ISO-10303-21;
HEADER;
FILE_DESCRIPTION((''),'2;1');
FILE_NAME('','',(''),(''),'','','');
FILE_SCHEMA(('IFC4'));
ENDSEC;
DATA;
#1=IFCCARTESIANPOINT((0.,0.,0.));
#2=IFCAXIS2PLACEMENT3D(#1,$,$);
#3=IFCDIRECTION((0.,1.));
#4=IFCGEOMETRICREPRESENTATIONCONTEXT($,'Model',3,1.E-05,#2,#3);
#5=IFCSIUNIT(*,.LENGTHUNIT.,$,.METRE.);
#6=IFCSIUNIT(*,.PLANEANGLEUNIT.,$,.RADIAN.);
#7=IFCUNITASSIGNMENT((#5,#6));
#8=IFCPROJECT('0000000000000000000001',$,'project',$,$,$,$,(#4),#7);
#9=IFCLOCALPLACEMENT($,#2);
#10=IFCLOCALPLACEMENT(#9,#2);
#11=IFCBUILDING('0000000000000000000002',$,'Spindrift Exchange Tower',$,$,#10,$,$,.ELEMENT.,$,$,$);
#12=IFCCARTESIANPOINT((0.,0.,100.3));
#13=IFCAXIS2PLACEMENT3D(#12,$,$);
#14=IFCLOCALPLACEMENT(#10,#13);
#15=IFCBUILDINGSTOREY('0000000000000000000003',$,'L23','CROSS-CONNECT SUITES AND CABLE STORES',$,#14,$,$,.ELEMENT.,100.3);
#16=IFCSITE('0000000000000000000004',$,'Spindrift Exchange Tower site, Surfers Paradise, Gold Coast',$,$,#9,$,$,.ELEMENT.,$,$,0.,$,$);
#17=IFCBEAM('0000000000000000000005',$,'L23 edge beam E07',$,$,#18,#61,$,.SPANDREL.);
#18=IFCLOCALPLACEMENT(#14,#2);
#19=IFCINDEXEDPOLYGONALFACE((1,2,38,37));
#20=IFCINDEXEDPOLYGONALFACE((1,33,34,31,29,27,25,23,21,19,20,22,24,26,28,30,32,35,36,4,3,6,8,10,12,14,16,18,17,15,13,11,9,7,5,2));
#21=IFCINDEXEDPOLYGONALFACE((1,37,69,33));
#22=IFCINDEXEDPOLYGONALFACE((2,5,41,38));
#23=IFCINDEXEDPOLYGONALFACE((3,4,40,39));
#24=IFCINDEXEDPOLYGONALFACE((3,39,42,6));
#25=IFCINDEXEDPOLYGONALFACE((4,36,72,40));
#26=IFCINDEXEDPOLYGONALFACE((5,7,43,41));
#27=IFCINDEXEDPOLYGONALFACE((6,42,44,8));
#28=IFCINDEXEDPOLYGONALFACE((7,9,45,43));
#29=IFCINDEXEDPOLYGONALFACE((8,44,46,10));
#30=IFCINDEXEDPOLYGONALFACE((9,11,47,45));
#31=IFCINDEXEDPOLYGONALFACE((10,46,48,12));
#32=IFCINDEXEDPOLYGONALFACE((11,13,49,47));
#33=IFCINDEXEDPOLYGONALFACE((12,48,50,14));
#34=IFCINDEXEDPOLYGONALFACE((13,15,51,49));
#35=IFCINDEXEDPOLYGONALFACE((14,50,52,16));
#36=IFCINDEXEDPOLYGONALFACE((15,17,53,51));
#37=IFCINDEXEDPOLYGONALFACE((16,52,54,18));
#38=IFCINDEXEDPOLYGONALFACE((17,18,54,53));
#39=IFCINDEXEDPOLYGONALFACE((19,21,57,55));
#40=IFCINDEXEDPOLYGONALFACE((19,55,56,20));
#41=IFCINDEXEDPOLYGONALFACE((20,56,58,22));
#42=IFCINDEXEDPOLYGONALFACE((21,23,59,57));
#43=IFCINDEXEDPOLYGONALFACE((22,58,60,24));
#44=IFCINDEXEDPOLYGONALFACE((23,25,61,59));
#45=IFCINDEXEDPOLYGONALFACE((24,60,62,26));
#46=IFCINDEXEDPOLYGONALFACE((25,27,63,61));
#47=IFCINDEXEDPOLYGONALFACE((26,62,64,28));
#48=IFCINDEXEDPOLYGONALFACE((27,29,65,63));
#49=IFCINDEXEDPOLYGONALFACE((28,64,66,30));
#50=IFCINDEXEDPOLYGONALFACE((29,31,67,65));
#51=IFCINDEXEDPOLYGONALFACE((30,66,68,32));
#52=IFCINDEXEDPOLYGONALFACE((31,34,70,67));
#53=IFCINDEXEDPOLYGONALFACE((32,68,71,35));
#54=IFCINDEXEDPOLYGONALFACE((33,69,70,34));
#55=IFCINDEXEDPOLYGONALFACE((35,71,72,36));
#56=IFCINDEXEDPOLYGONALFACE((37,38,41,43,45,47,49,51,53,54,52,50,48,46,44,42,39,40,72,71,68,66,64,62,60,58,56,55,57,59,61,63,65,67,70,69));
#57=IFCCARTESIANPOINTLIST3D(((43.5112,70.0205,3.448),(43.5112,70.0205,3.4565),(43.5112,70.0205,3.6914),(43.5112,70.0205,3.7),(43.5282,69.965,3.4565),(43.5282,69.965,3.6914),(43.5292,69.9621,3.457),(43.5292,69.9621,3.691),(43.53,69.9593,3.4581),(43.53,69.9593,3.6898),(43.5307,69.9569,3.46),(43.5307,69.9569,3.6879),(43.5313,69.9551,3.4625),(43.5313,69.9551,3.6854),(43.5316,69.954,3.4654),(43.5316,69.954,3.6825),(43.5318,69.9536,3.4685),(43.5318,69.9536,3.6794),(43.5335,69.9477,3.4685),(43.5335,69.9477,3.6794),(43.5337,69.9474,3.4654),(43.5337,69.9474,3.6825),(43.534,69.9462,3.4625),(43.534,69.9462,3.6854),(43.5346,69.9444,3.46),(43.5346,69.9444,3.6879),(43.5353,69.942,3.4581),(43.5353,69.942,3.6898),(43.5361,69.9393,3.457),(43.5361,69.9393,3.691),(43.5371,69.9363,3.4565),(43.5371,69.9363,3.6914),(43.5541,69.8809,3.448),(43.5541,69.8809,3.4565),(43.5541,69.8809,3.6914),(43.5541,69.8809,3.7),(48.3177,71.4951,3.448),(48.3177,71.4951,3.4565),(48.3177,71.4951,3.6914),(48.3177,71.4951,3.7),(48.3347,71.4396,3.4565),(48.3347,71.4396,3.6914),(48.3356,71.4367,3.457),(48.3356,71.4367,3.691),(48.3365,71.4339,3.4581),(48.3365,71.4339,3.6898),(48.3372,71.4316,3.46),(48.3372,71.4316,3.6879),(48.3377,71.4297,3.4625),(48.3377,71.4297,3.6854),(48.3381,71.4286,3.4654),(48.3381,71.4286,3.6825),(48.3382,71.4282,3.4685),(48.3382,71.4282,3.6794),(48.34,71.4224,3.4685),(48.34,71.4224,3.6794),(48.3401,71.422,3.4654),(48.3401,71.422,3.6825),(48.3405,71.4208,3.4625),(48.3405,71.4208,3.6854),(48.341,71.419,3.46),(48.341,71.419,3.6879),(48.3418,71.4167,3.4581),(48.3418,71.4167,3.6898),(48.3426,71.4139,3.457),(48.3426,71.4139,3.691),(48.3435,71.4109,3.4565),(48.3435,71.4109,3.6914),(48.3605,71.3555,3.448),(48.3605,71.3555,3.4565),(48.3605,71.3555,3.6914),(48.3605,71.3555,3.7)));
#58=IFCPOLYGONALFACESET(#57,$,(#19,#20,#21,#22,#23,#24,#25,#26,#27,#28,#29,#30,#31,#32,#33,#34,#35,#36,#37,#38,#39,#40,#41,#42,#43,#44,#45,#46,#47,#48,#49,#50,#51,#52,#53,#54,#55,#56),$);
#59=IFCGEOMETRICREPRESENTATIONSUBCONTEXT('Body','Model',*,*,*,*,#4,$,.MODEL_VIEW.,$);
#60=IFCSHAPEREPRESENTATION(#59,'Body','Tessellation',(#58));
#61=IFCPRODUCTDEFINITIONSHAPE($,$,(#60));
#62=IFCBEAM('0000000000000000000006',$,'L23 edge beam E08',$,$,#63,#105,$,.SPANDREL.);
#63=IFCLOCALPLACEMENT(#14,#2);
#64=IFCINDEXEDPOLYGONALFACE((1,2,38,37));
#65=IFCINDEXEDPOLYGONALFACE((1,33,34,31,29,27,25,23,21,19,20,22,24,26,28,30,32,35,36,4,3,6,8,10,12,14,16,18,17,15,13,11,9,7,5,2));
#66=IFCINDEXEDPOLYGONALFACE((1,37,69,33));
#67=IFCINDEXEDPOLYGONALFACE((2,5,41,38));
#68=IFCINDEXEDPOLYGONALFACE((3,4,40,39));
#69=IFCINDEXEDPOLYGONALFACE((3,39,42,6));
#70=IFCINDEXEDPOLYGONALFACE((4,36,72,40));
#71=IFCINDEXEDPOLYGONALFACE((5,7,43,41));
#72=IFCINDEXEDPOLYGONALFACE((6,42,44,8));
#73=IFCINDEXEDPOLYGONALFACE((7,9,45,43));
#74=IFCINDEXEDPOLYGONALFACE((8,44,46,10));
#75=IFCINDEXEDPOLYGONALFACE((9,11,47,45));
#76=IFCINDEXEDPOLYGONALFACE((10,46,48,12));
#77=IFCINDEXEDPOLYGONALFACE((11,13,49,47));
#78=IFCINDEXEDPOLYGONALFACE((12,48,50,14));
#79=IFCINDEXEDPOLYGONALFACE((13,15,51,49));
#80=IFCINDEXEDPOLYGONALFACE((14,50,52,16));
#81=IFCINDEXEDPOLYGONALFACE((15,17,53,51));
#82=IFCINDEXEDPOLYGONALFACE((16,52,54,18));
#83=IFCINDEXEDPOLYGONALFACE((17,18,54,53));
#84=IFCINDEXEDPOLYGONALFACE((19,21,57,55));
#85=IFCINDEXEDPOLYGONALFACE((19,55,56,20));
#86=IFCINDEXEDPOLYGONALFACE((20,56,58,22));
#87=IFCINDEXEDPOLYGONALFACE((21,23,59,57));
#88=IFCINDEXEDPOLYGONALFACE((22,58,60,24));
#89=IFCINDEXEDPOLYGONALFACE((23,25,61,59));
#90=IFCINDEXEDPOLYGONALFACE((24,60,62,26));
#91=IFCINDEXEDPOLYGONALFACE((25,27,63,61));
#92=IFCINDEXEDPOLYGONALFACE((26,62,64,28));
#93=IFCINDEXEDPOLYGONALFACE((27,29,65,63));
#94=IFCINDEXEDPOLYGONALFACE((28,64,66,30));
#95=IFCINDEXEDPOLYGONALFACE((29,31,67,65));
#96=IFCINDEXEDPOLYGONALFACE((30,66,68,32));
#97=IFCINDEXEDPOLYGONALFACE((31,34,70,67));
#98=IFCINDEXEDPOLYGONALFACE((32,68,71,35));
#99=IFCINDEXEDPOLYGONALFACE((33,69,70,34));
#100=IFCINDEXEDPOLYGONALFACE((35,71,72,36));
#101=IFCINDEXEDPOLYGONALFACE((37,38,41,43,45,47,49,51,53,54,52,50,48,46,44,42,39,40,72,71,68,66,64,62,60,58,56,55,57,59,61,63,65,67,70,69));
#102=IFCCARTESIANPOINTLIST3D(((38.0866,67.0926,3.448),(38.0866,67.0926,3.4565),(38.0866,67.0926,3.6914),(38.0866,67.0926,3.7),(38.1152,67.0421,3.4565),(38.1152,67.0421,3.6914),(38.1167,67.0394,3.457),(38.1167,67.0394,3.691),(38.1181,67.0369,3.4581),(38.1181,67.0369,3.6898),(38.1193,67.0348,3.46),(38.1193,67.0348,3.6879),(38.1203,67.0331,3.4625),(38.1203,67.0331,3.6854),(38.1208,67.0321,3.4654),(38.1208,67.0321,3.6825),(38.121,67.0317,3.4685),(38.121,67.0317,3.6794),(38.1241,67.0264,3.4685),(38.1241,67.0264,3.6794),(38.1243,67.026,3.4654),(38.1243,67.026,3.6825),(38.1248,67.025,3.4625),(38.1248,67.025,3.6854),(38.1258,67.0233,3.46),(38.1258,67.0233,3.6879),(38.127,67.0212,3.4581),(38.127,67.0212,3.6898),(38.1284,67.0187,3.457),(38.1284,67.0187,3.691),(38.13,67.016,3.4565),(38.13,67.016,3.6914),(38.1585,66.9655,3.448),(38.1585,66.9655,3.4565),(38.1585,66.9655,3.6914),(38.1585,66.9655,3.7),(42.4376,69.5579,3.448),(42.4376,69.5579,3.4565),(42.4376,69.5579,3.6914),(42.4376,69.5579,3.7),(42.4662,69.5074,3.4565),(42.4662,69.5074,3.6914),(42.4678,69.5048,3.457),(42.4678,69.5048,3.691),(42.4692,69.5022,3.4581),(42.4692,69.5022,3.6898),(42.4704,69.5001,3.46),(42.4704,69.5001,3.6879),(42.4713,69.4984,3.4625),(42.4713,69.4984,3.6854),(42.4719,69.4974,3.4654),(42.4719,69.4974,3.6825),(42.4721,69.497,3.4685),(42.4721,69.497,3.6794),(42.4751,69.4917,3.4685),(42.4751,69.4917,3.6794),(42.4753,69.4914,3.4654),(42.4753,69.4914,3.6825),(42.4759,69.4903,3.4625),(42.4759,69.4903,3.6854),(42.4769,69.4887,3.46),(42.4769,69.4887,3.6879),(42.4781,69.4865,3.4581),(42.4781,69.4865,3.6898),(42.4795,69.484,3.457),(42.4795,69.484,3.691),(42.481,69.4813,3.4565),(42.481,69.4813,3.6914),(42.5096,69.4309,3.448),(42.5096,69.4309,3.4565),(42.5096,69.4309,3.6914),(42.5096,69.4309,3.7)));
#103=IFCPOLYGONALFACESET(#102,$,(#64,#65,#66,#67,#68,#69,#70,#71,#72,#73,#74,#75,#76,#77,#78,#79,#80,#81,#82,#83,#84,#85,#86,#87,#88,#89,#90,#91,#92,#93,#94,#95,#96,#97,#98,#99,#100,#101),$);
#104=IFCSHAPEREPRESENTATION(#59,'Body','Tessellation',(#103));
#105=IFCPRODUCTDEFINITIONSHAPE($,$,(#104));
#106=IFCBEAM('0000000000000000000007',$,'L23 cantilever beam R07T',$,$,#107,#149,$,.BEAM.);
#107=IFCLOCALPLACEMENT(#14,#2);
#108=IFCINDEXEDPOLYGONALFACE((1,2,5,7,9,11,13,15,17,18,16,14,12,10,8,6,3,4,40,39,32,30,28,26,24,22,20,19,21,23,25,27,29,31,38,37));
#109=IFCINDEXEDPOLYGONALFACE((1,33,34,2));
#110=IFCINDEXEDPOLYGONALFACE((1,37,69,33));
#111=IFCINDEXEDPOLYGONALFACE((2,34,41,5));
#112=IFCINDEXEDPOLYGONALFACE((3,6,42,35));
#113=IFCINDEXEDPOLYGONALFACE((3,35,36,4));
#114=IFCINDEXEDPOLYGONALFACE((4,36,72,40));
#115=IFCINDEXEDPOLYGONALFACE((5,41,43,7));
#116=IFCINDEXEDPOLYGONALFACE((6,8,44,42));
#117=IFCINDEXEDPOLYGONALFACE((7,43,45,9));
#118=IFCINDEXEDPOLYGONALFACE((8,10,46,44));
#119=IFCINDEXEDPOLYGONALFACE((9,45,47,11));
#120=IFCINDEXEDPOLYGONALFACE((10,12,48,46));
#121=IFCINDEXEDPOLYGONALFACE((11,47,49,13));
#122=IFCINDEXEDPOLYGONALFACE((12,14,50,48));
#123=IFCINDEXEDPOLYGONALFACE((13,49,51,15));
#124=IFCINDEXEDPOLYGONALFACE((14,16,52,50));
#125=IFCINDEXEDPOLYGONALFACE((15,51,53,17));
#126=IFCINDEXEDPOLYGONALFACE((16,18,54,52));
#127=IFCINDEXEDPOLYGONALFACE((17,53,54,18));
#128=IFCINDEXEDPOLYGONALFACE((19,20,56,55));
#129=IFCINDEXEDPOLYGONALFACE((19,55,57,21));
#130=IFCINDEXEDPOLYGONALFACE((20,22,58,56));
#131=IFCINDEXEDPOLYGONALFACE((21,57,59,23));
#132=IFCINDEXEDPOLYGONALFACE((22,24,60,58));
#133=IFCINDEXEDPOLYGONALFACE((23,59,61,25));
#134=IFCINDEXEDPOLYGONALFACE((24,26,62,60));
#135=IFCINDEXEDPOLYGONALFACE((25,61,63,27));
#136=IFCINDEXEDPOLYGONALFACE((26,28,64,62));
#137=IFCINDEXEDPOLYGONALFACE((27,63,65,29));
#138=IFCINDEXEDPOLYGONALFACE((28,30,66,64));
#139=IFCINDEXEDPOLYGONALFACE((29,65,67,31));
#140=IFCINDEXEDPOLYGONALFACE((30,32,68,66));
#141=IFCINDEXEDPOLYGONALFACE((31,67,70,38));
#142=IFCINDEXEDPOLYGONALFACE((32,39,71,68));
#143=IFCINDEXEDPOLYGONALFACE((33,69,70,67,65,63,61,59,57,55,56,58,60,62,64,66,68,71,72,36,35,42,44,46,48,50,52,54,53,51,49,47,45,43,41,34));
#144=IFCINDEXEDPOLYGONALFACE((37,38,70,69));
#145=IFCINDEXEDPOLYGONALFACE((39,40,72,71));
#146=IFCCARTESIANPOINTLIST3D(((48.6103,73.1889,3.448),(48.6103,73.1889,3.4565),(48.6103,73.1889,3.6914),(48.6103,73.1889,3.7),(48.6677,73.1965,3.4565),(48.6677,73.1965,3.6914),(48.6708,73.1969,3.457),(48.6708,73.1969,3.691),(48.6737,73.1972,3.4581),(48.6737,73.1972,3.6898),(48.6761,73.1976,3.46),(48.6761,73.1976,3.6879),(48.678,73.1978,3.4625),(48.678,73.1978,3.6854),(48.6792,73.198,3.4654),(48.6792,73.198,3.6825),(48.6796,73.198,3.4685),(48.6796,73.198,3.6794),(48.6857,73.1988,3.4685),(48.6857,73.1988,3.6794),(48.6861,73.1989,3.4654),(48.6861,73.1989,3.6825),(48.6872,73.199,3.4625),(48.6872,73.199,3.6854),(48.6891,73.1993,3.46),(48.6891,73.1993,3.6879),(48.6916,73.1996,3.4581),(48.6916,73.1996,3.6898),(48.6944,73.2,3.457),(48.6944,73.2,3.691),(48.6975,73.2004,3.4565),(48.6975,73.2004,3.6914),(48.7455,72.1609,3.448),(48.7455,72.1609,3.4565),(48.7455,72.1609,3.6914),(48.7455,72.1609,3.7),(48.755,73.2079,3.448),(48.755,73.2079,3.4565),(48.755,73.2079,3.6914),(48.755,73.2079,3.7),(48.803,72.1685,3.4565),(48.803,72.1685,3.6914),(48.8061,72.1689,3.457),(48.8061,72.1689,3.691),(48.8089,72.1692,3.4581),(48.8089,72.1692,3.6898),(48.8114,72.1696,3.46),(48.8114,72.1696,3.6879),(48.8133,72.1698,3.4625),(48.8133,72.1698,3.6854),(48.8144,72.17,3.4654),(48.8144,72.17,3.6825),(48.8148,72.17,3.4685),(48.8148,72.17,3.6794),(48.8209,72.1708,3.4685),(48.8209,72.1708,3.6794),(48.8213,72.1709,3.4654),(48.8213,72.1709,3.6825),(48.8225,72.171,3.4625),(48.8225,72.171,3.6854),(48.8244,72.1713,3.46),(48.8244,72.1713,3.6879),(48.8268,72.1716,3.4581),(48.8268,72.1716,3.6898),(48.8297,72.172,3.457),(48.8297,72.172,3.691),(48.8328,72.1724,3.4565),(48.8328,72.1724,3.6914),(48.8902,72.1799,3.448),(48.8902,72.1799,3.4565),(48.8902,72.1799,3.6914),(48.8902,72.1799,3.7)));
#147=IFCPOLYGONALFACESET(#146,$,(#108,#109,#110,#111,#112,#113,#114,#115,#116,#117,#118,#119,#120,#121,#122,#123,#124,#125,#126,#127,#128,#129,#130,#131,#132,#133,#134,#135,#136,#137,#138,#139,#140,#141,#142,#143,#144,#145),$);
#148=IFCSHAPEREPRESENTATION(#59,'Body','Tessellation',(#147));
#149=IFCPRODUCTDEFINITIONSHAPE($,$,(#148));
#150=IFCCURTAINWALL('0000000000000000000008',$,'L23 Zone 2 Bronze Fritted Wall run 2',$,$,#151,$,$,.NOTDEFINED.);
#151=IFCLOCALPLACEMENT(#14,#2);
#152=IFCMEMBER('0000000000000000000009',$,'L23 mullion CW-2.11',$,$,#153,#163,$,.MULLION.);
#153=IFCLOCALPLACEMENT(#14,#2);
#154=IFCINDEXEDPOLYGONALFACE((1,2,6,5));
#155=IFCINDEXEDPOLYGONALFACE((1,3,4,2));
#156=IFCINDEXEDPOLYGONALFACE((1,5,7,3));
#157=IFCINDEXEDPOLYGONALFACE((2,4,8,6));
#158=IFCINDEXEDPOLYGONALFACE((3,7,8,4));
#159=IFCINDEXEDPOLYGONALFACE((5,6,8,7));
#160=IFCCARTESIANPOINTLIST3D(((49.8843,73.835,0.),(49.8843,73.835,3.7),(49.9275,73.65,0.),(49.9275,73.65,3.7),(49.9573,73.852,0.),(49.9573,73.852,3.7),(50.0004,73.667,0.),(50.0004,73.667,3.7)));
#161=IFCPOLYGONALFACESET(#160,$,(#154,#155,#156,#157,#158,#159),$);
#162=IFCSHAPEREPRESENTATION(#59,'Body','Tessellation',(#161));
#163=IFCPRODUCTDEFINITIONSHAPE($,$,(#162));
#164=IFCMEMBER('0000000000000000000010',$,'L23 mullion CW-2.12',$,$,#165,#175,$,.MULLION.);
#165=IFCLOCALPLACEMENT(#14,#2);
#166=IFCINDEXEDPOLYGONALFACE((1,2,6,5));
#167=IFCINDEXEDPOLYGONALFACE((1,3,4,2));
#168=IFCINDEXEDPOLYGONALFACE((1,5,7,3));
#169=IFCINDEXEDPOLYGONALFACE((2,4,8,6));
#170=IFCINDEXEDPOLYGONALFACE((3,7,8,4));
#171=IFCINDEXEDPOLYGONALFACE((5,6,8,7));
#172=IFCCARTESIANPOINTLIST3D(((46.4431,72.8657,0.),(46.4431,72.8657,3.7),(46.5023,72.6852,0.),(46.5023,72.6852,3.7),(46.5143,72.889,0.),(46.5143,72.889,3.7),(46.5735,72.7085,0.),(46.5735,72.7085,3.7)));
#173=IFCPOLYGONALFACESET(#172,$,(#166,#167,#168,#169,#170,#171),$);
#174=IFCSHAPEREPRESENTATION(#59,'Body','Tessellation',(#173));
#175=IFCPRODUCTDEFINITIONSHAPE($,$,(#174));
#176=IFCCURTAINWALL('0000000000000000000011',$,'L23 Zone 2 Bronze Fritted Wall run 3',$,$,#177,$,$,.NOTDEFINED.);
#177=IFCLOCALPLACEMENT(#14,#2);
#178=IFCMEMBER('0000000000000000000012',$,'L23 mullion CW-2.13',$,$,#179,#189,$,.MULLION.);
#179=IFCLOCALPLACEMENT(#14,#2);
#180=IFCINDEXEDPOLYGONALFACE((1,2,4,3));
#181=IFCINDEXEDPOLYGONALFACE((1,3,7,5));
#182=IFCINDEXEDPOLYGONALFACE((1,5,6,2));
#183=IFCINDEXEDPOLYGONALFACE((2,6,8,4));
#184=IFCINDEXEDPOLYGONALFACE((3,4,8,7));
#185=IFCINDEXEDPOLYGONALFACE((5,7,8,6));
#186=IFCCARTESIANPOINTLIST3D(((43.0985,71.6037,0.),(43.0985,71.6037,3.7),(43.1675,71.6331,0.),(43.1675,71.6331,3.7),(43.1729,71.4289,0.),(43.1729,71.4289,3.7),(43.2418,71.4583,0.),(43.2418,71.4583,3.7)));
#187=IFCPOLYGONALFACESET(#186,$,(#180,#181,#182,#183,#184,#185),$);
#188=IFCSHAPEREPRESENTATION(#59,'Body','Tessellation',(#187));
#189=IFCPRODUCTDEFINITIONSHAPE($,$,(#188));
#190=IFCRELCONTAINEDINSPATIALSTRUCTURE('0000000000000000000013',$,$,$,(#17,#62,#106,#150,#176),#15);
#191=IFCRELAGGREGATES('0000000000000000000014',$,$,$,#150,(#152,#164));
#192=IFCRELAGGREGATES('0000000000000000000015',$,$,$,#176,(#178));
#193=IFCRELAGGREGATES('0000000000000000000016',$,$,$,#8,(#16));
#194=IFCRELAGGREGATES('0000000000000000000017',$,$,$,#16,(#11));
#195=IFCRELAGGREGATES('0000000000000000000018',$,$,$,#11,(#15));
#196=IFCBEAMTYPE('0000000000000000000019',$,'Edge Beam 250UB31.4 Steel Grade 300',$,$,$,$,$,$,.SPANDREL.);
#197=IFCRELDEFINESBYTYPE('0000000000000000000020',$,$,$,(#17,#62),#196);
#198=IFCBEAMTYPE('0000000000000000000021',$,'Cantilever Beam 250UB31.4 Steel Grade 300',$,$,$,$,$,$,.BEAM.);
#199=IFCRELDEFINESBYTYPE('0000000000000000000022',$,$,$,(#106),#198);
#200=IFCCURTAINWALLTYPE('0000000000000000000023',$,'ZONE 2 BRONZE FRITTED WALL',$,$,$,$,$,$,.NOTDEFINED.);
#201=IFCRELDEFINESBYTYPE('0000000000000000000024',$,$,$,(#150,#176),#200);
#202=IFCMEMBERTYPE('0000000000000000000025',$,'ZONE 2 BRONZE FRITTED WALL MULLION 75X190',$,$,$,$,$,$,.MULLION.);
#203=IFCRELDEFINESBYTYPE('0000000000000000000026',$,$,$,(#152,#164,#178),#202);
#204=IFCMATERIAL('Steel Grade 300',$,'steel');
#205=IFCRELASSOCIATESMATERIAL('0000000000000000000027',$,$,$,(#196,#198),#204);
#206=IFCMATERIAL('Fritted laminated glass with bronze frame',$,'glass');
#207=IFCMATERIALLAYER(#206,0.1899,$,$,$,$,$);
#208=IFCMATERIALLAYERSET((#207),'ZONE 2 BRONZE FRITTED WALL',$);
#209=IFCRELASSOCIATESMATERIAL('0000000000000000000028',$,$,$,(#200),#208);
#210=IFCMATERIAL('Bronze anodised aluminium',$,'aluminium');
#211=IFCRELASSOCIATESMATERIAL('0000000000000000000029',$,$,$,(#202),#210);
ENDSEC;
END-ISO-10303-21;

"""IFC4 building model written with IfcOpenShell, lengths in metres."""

from ifc_helpers import new_model, si_unit, direction, frame, origin, origin_2d, place, context, subcontext, project, spatial, rectangle, i_section, extrude, source, transform, mapped, material, layer, layer_set, material_profile, profile_set, type_object, element, aggregate, save


model = new_model("IFC4")

# Units and contexts
model_context = context("Model", 3, precision=1e-05, world=origin(), true_north=direction((0.0, 1.0)))
body_context = subcontext(model_context, "Body", "Model", "MODEL_VIEW")
ifc_project = project(units=[si_unit("LENGTHUNIT", "METRE"), si_unit("PLANEANGLEUNIT", "RADIAN")], contexts=[model_context])

# Site, building, storey
site_placement = place(None, origin())
site = spatial("IfcSite", under=ifc_project, at=site_placement, Name="Spindrift Exchange Tower site, Surfers Paradise, Gold Coast", CompositionType="ELEMENT", RefElevation=0.0)
building_placement = place(site_placement, origin())
building = spatial("IfcBuilding", under=site, at=building_placement, Name="Spindrift Exchange Tower", CompositionType="ELEMENT")
storey_placement = place(building_placement, frame((0.0, 0.0, 100.3)))
storey = spatial("IfcBuildingStorey", under=building, at=storey_placement, Name="L23", Description="CROSS-CONNECT SUITES AND CABLE STORES", CompositionType="ELEMENT", Elevation=100.3)

# Beams
ifc_material_1 = material(Name="Steel Grade 300", Category="steel")
ifc_material_profile_1 = material_profile(ifc_material_1, i_section(OverallWidth=0.146, OverallDepth=0.252, WebThickness=0.0061, FlangeThickness=0.0085, FilletRadius=0.012, at=origin_2d()), Name="250UB31.4")
ifc_profile_set_1 = profile_set([ifc_material_profile_1], Name="Steel Grade 300")
beam_type_1 = type_object("IfcBeamType", Name="Edge Beam 250UB31.4 Steel Grade 300", PredefinedType="SPANDREL", material=ifc_profile_set_1)
shared_shape_1 = source(origin(), body_context, "Body", "SweptSolid", [
    extrude(i_section(OverallWidth=0.146, OverallDepth=0.252, WebThickness=0.0061, FlangeThickness=0.0085, FilletRadius=0.012, at=origin_2d()), origin(), (0.0, 0.0, 1.0), 5.0276),
])
beam_1_placement = place(storey_placement, frame((48.3391, 71.4253, 3.574), z_axis=(-0.956018, -0.293308, 0.0), x_axis=(0.293308, -0.956018, 0.0)))
element("IfcBeam", 1, at=beam_1_placement, inside=storey, type_object=beam_type_1, Name="L23 edge beam E07", PredefinedType="SPANDREL", context=body_context, shape_type="MappedRepresentation", body=[
    mapped(shared_shape_1, transform((0.0, 0.0, 0.0), scale=1.0)),
])
shared_shape_2 = source(origin(), body_context, "Body", "SweptSolid", [
    extrude(i_section(OverallWidth=0.146, OverallDepth=0.252, WebThickness=0.0061, FlangeThickness=0.0085, FilletRadius=0.012, at=origin_2d()), origin(), (0.0, 0.0, 1.0), 5.001),
])
beam_2_placement = place(storey_placement, frame((42.4736, 69.4944, 3.574), z_axis=(-0.870046, -0.492971, 0.0), x_axis=(0.492971, -0.870046, 0.0)))
element("IfcBeam", 2, at=beam_2_placement, inside=storey, type_object=beam_type_1, Name="L23 edge beam E08", PredefinedType="SPANDREL", context=body_context, shape_type="MappedRepresentation", body=[
    mapped(shared_shape_2, transform((0.0, 0.0, 0.0), scale=1.0)),
])
ifc_material_profile_2 = material_profile(ifc_material_1, i_section(OverallWidth=0.146, OverallDepth=0.252, WebThickness=0.0061, FlangeThickness=0.0085, FilletRadius=0.012, at=origin_2d()), Name="250UB31.4")
ifc_profile_set_2 = profile_set([ifc_material_profile_2], Name="Steel Grade 300")
beam_type_2 = type_object("IfcBeamType", Name="Cantilever Beam 250UB31.4 Steel Grade 300", PredefinedType="BEAM", material=ifc_profile_set_2)
shared_shape_3 = source(origin(), body_context, "Body", "SweptSolid", [
    extrude(i_section(OverallWidth=0.146, OverallDepth=0.252, WebThickness=0.0061, FlangeThickness=0.0085, FilletRadius=0.012, at=origin_2d()), origin(), (0.0, 0.0, 1.0), 1.0369),
])
beam_3_placement = place(storey_placement, frame((48.8179, 72.1704, 3.574), z_axis=(-0.130436, 0.991457, 0.0), x_axis=(-0.991457, -0.130436, 0.0)))
element("IfcBeam", 3, at=beam_3_placement, inside=storey, type_object=beam_type_2, Name="L23 cantilever beam R07T", PredefinedType="BEAM", context=body_context, shape_type="MappedRepresentation", body=[
    mapped(shared_shape_3, transform((0.0, 0.0, 0.0), scale=1.0)),
])

# Curtain walls, members
ifc_material_2 = material(Name="Fritted laminated glass with bronze frame", Category="glass")
ifc_layer_1 = layer(ifc_material_2, 0.1899)
ifc_layer_set_1 = layer_set([ifc_layer_1], Name="ZONE 2 BRONZE FRITTED WALL")
curtain_wall_type = type_object("IfcCurtainWallType", Name="ZONE 2 BRONZE FRITTED WALL", PredefinedType="NOTDEFINED", material=ifc_layer_set_1)
curtain_wall_1_placement = place(storey_placement, origin())
curtain_wall_1 = element("IfcCurtainWall", 4, at=curtain_wall_1_placement, inside=storey, type_object=curtain_wall_type, Name="L23 Zone 2 Bronze Fritted Wall run 2", PredefinedType="NOTDEFINED")
ifc_material_3 = material(Name="Bronze anodised aluminium", Category="aluminium")
ifc_material_profile_3 = material_profile(ifc_material_3, rectangle(XDim=0.075, YDim=0.1899, at=origin_2d()), Name="ZONE 2 BRONZE FRITTED WALL MULLION 75X190")
ifc_profile_set_3 = profile_set([ifc_material_profile_3], Name="Bronze anodised aluminium")
member_type_1 = type_object("IfcMemberType", Name="ZONE 2 BRONZE FRITTED WALL MULLION 75X190", PredefinedType="MULLION", material=ifc_profile_set_3)
shared_shape_4 = source(origin(), body_context, "Body", "SweptSolid", [
    extrude(rectangle(XDim=0.075, YDim=0.1899, at=origin_2d()), origin(), (0.0, 0.0, 1.0), 3.7),
])
member_1_placement = place(storey_placement, frame((49.9424, 73.751, 0.0), z_axis=(0.0, 0.0, 1.0), x_axis=(-0.973869, -0.227111, 0.0)))
member_1 = element("IfcMember", 5, at=member_1_placement, type_object=member_type_1, Name="L23 mullion CW-2.11", PredefinedType="MULLION", context=body_context, shape_type="MappedRepresentation", body=[
    mapped(shared_shape_4, transform((0.0, 0.0, 0.0), scale=1.0)),
])
member_2_placement = place(storey_placement, frame((46.5083, 72.7871, 0.0), z_axis=(0.0, 0.0, 1.0), x_axis=(-0.950249, -0.311492, 0.0)))
member_2 = element("IfcMember", 6, at=member_2_placement, type_object=member_type_1, Name="L23 mullion CW-2.12", PredefinedType="MULLION", context=body_context, shape_type="MappedRepresentation", body=[
    mapped(shared_shape_4, transform((0.0, 0.0, 0.0), scale=1.0)),
])
curtain_wall_2_placement = place(storey_placement, origin())
curtain_wall_2 = element("IfcCurtainWall", 7, at=curtain_wall_2_placement, inside=storey, type_object=curtain_wall_type, Name="L23 Zone 2 Bronze Fritted Wall run 3", PredefinedType="NOTDEFINED")
member_3_placement = place(storey_placement, frame((43.1702, 71.531, 0.0), z_axis=(0.0, 0.0, 1.0), x_axis=(-0.920209, -0.391428, 0.0)))
member_3 = element("IfcMember", 8, at=member_3_placement, type_object=member_type_1, Name="L23 mullion CW-2.13", PredefinedType="MULLION", context=body_context, shape_type="MappedRepresentation", body=[
    mapped(shared_shape_4, transform((0.0, 0.0, 0.0), scale=1.0)),
])

aggregate(curtain_wall_1, [member_1, member_2])
aggregate(curtain_wall_2, [member_3])

save(model, "model.ifc")
